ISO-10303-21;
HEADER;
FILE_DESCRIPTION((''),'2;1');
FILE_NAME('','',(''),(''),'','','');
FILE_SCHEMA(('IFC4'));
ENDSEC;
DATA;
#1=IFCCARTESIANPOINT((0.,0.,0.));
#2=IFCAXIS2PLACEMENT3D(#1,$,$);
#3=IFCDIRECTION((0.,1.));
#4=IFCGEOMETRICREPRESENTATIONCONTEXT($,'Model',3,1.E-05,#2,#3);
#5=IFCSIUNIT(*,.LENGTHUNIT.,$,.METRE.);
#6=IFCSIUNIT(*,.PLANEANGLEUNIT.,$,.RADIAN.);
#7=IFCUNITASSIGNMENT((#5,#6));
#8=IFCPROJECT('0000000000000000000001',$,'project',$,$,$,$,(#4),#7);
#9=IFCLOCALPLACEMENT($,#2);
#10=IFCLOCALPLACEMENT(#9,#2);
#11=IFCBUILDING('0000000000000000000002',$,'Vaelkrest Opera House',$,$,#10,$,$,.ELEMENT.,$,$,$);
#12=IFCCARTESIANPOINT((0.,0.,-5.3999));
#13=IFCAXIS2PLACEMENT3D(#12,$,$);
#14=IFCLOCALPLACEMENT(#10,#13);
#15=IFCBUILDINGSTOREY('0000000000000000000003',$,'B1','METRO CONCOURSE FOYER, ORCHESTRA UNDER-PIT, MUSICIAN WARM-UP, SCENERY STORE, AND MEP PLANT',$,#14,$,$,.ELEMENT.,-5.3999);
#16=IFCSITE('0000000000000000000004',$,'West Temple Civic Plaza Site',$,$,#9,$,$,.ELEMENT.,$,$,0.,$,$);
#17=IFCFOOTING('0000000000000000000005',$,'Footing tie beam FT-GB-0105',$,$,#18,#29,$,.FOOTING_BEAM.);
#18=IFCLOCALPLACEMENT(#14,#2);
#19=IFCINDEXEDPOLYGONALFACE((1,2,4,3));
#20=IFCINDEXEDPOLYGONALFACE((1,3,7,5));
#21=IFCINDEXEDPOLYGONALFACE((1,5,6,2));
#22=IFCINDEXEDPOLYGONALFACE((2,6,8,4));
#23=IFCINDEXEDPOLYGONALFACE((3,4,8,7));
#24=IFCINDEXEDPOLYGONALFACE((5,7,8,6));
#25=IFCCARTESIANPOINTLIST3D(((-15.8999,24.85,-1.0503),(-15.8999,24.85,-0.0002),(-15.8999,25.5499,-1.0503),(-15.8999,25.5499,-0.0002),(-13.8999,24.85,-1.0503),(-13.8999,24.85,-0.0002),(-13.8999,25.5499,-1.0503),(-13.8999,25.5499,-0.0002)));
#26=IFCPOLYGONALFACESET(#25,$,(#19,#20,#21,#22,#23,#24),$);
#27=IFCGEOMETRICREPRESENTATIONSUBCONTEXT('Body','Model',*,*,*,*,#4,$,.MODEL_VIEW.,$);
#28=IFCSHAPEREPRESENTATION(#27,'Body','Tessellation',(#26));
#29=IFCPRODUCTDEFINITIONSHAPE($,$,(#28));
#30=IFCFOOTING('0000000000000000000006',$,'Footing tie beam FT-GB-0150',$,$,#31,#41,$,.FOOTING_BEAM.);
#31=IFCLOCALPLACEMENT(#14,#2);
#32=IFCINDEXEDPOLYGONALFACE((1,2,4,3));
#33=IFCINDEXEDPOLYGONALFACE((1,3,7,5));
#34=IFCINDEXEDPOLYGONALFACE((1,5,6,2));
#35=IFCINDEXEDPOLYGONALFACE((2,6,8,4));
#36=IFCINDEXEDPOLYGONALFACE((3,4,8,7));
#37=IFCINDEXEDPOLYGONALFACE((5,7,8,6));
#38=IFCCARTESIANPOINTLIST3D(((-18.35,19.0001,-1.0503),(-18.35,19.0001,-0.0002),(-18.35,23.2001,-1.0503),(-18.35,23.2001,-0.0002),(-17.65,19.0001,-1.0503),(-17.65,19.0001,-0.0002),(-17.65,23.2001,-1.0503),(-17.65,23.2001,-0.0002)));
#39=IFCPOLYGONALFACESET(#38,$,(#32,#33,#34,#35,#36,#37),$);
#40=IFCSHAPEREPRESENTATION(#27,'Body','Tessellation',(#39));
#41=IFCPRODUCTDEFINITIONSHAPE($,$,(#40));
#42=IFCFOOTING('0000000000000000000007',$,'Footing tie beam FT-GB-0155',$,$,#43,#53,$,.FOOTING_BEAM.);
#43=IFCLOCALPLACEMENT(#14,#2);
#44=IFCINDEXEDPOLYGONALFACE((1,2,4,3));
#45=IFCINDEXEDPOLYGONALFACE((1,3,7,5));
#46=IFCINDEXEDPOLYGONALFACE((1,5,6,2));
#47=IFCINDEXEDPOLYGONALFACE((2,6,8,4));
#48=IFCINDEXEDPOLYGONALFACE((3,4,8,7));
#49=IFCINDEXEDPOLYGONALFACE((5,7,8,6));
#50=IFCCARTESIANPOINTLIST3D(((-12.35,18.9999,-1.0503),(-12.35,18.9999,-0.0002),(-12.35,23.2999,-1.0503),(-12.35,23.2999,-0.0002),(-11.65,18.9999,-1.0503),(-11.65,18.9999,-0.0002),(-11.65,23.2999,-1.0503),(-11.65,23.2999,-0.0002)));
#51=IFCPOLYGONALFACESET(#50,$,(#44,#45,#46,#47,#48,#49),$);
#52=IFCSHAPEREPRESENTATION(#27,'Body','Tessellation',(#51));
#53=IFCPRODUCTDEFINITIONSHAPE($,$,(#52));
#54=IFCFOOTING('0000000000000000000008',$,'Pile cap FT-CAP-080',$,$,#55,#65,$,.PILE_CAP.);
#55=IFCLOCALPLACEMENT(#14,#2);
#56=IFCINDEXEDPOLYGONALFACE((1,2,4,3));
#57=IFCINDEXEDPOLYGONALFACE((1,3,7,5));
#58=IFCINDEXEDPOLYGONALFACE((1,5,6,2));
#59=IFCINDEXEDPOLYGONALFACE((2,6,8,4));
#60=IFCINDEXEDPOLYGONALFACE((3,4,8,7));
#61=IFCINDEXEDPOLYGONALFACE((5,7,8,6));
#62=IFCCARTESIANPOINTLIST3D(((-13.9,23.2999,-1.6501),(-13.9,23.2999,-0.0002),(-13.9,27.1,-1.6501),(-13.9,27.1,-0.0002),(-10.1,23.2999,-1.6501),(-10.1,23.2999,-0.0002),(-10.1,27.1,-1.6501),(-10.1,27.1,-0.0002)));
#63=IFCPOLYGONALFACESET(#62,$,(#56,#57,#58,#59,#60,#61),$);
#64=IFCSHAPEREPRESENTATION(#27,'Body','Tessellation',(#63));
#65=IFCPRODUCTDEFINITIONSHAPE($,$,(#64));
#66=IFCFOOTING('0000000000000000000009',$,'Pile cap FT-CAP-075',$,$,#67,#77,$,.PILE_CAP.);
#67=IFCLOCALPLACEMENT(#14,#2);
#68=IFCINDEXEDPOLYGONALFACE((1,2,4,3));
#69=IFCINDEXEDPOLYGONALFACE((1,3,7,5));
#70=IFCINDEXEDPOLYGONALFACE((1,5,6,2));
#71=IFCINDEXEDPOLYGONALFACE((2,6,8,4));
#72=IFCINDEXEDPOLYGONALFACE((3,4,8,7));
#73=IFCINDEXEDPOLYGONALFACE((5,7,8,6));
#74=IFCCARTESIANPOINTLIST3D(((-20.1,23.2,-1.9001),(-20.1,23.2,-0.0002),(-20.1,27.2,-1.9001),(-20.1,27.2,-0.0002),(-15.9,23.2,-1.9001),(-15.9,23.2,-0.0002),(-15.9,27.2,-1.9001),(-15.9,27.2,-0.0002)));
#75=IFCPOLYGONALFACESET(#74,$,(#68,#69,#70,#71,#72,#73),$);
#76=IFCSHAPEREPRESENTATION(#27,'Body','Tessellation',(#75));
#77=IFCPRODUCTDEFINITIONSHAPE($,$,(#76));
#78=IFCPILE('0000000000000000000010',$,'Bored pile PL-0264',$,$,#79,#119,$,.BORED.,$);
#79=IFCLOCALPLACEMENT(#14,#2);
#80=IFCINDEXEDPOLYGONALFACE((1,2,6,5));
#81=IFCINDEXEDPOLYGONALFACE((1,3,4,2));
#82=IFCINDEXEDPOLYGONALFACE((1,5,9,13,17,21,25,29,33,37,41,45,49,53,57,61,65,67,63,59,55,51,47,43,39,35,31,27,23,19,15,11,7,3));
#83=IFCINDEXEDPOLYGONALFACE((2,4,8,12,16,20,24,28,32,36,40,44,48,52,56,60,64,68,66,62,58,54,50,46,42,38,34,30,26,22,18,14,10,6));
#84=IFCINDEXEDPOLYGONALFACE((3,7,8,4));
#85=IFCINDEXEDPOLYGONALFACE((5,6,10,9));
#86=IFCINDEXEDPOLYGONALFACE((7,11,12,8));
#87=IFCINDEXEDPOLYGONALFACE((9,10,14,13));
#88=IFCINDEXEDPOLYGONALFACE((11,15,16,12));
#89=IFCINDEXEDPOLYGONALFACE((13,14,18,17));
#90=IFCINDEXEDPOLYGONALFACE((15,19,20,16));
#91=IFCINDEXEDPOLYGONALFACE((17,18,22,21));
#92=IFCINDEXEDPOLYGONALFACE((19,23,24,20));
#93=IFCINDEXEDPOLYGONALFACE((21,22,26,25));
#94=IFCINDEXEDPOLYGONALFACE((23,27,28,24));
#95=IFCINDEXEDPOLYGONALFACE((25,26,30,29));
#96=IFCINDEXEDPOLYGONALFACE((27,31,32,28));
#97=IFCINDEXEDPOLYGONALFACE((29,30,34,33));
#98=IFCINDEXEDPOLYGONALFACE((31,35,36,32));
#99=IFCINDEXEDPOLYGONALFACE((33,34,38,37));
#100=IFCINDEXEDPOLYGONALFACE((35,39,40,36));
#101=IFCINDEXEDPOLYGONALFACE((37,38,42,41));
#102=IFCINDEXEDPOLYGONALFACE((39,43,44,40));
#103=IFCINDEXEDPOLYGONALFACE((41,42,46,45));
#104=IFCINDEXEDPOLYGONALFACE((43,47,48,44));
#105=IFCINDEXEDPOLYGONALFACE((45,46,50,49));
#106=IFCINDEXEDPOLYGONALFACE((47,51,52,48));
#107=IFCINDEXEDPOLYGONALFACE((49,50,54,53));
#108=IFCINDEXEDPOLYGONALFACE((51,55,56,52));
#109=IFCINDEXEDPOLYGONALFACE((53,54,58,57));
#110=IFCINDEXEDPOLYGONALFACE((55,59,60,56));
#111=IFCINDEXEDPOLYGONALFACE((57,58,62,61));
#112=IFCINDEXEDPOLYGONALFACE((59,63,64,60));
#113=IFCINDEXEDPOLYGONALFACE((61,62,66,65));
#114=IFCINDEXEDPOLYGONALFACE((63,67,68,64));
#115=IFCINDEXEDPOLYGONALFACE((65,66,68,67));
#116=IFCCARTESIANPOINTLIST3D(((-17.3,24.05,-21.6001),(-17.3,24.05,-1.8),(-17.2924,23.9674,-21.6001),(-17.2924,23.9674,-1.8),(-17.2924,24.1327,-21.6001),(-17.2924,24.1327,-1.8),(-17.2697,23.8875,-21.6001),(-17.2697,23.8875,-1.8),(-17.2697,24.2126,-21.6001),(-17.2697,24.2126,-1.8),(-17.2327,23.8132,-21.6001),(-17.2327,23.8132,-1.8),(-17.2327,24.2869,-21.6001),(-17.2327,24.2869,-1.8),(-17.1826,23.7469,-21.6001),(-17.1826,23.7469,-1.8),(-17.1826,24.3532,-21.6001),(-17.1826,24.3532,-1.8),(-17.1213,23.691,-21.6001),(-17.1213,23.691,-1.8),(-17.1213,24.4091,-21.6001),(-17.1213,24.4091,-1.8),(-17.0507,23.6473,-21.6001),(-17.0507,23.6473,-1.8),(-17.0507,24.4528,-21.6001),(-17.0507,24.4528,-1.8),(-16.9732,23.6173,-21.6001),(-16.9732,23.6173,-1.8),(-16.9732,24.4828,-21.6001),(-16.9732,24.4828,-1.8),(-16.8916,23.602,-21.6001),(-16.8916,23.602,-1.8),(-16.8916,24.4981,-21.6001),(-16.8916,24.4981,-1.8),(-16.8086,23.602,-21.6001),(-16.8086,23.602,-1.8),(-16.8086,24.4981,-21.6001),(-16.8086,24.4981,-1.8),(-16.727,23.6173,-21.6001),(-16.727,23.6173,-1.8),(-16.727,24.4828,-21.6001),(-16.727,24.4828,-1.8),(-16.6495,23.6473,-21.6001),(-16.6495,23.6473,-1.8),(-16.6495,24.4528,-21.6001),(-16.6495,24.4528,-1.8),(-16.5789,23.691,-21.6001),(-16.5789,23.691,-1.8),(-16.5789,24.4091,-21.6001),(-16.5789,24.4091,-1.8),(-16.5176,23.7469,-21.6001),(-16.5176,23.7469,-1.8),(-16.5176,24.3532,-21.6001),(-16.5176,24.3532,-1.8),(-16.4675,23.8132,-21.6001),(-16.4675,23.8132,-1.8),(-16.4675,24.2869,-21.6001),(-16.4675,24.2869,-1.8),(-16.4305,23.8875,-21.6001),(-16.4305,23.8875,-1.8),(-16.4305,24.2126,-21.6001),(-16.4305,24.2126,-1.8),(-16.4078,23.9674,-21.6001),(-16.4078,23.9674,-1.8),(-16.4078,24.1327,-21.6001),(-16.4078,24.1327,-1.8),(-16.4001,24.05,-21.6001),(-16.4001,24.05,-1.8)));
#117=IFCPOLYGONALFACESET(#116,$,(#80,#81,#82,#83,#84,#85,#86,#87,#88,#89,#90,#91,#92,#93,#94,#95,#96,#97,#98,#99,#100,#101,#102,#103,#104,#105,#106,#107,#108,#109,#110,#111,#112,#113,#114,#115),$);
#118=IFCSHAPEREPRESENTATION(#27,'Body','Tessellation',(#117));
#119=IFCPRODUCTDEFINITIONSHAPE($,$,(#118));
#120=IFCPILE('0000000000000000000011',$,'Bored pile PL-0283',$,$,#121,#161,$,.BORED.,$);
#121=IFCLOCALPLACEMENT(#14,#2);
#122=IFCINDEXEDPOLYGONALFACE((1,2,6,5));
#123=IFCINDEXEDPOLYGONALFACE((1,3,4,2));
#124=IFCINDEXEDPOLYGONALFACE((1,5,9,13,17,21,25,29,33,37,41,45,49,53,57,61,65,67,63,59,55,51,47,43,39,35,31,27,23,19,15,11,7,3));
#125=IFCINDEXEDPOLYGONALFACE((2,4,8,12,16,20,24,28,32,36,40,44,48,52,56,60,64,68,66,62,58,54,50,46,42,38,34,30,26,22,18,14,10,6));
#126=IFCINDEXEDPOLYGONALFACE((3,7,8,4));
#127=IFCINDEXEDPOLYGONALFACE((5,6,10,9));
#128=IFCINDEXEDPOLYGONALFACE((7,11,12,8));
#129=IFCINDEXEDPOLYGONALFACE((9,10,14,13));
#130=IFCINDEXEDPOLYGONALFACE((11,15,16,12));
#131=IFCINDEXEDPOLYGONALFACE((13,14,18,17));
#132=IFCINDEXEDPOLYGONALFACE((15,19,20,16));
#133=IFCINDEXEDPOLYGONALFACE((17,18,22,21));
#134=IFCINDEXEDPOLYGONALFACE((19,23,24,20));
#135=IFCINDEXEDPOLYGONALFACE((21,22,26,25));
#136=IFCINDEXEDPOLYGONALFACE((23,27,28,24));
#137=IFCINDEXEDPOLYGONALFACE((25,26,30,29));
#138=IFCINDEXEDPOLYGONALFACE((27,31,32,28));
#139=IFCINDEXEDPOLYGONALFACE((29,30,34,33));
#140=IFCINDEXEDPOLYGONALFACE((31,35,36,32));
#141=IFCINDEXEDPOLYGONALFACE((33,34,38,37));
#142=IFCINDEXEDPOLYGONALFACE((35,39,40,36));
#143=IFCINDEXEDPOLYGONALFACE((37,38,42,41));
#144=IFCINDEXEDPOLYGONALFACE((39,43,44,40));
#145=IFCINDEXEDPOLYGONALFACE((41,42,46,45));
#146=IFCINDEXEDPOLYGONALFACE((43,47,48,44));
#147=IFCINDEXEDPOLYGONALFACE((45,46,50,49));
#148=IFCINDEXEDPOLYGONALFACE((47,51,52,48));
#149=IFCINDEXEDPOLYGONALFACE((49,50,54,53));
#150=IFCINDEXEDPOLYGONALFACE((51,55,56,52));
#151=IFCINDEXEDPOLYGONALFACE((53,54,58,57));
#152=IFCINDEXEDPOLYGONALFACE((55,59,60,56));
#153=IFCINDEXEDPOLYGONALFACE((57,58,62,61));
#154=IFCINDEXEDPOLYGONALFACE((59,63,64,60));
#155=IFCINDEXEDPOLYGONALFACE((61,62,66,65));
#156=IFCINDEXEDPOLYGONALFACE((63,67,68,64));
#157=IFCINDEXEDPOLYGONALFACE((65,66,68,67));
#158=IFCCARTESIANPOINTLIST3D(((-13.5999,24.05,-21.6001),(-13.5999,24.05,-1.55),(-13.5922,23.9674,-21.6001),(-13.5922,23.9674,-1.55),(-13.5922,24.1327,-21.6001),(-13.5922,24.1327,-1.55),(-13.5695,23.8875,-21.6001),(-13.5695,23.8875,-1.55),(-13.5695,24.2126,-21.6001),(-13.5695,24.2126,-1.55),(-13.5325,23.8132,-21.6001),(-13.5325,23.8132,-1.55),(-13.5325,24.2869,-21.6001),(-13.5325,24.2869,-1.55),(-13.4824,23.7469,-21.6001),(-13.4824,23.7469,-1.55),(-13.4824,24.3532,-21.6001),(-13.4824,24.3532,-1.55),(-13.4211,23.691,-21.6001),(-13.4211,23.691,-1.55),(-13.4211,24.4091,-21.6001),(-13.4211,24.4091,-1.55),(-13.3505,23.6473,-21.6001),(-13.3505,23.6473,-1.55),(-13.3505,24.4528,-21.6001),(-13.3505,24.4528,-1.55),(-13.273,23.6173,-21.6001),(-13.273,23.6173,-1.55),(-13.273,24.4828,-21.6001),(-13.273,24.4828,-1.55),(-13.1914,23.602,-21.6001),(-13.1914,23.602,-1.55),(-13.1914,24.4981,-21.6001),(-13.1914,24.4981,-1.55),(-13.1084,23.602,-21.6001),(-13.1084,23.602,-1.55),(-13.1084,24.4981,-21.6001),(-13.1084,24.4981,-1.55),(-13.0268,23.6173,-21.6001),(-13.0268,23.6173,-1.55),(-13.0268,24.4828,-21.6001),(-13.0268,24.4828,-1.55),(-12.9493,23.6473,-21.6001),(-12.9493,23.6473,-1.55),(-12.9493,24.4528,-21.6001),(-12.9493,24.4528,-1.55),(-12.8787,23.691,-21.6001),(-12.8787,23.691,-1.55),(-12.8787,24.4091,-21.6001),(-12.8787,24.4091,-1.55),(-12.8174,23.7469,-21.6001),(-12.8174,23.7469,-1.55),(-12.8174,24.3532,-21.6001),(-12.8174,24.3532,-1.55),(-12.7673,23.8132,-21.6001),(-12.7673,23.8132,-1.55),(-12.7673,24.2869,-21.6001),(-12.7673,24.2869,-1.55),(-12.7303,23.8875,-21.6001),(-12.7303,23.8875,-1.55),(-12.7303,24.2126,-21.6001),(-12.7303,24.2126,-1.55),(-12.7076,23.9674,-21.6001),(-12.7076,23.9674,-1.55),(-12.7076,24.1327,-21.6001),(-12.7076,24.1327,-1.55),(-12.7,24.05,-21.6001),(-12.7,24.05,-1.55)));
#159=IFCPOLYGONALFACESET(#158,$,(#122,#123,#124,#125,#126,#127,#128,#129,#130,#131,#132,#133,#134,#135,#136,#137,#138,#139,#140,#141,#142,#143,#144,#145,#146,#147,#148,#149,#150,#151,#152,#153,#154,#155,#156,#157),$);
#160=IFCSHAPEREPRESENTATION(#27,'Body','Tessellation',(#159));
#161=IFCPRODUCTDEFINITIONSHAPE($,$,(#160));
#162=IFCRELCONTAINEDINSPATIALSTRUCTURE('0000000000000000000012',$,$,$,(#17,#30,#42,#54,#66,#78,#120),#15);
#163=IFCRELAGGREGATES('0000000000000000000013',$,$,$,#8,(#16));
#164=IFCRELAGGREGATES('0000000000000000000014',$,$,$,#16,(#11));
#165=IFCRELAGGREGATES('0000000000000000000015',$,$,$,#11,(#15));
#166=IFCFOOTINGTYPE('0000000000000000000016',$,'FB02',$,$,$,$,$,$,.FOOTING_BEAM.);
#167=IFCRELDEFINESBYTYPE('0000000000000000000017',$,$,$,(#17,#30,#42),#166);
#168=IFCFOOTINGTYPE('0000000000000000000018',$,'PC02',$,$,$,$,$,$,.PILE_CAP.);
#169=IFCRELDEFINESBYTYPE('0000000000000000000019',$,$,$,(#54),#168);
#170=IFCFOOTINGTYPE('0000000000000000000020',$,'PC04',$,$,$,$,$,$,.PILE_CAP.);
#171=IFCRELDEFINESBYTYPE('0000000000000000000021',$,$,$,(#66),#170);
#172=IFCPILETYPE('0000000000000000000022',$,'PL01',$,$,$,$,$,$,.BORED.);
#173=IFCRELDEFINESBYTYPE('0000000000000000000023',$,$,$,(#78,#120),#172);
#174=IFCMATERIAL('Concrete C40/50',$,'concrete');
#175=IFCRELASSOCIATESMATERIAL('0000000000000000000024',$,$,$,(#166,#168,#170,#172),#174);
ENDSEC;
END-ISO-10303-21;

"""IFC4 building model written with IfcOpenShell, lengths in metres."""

from ifc_helpers import new_model, si_unit, direction, frame, origin, origin_2d, place, context, subcontext, project, spatial, rectangle, circle, extrude, material, material_profile, profile_set, type_object, element, save


model = new_model("IFC4")

# Units and contexts
model_context = context("Model", 3, precision=1e-05, world=origin(), true_north=direction((0.0, 1.0)))
body_context = subcontext(model_context, "Body", "Model", "MODEL_VIEW")
ifc_project = project(units=[si_unit("LENGTHUNIT", "METRE"), si_unit("PLANEANGLEUNIT", "RADIAN")], contexts=[model_context])

# Site, building, storey
site_placement = place(None, origin())
site = spatial("IfcSite", under=ifc_project, at=site_placement, Name="West Temple Civic Plaza Site", CompositionType="ELEMENT", RefElevation=0.0)
building_placement = place(site_placement, origin())
building = spatial("IfcBuilding", under=site, at=building_placement, Name="Vaelkrest Opera House", CompositionType="ELEMENT")
storey_placement = place(building_placement, frame((0.0, 0.0, -5.3999)))
storey = spatial("IfcBuildingStorey", under=building, at=storey_placement, Name="B1", Description="METRO CONCOURSE FOYER, ORCHESTRA UNDER-PIT, MUSICIAN WARM-UP, SCENERY STORE, AND MEP PLANT", CompositionType="ELEMENT", Elevation=-5.3999)

# Footings
ifc_material_1 = material(Name="Concrete C40/50", Category="concrete")
footing_type_1 = type_object("IfcFootingType", Name="FB02", PredefinedType="FOOTING_BEAM", material=ifc_material_1)
footing_1_placement = place(storey_placement, frame((-14.8999, 25.2, -1.0503), z_axis=(0.0, 0.0, 1.0), x_axis=(1.0, 0.0, 0.0)))
element("IfcFooting", 1, at=footing_1_placement, inside=storey, type_object=footing_type_1, Name="Footing tie beam FT-GB-0105", PredefinedType="FOOTING_BEAM", context=body_context, shape_type="SweptSolid", body=[
    extrude(rectangle(XDim=2.0, YDim=0.7, at=origin_2d()), origin(), (0.0, 0.0, 1.0), 1.05),
])
footing_2_placement = place(storey_placement, frame((-18.0, 21.1001, -1.0503), z_axis=(0.0, 0.0, 1.0), x_axis=(0.0, 1.0, 0.0)))
element("IfcFooting", 2, at=footing_2_placement, inside=storey, type_object=footing_type_1, Name="Footing tie beam FT-GB-0150", PredefinedType="FOOTING_BEAM", context=body_context, shape_type="SweptSolid", body=[
    extrude(rectangle(XDim=4.2, YDim=0.7, at=origin_2d()), origin(), (0.0, 0.0, 1.0), 1.05),
])
footing_3_placement = place(storey_placement, frame((-12.0, 21.1499, -1.0503), z_axis=(0.0, 0.0, 1.0), x_axis=(0.0, 1.0, 0.0)))
element("IfcFooting", 3, at=footing_3_placement, inside=storey, type_object=footing_type_1, Name="Footing tie beam FT-GB-0155", PredefinedType="FOOTING_BEAM", context=body_context, shape_type="SweptSolid", body=[
    extrude(rectangle(XDim=4.3, YDim=0.7, at=origin_2d()), origin(), (0.0, 0.0, 1.0), 1.05),
])
footing_type_2 = type_object("IfcFootingType", Name="PC02", PredefinedType="PILE_CAP", material=ifc_material_1)
footing_4_placement = place(storey_placement, frame((-12.0, 25.2, -1.6501), z_axis=(0.0, 0.0, 1.0), x_axis=(1.0, 0.0, 0.0)))
element("IfcFooting", 4, at=footing_4_placement, inside=storey, type_object=footing_type_2, Name="Pile cap FT-CAP-080", PredefinedType="PILE_CAP", context=body_context, shape_type="SweptSolid", body=[
    extrude(rectangle(XDim=3.8, YDim=3.8, at=origin_2d()), origin(), (0.0, 0.0, 1.0), 1.6499),
])
footing_type_3 = type_object("IfcFootingType", Name="PC04", PredefinedType="PILE_CAP", material=ifc_material_1)
footing_5_placement = place(storey_placement, frame((-18.0, 25.2, -1.9001), z_axis=(0.0, 0.0, 1.0), x_axis=(1.0, 0.0, 0.0)))
element("IfcFooting", 5, at=footing_5_placement, inside=storey, type_object=footing_type_3, Name="Pile cap FT-CAP-075", PredefinedType="PILE_CAP", context=body_context, shape_type="SweptSolid", body=[
    extrude(rectangle(XDim=4.2, YDim=4.0, at=origin_2d()), origin(), (0.0, 0.0, 1.0), 1.8999),
])

# Piles
ifc_material_profile_1 = material_profile(ifc_material_1, circle(Radius=0.45, at=origin_2d()), Name="PILE900")
ifc_profile_set_1 = profile_set([ifc_material_profile_1], Name="Concrete C40/50")
pile_type_1 = type_object("IfcPileType", Name="PL01", PredefinedType="BORED", material=ifc_profile_set_1)
pile_1_placement = place(storey_placement, frame((-16.8501, 24.05, -1.8), z_axis=(0.0, 0.0, -1.0), x_axis=(1.0, 0.0, 0.0)))
element("IfcPile", 6, at=pile_1_placement, inside=storey, type_object=pile_type_1, Name="Bored pile PL-0264", PredefinedType="BORED", context=body_context, shape_type="SweptSolid", body=[
    extrude(circle(Radius=0.45, at=origin_2d()), origin(), (0.0, 0.0, 1.0), 19.8),
])
pile_2_placement = place(storey_placement, frame((-13.1499, 24.05, -1.55), z_axis=(0.0, 0.0, -1.0), x_axis=(1.0, 0.0, 0.0)))
element("IfcPile", 7, at=pile_2_placement, inside=storey, type_object=pile_type_1, Name="Bored pile PL-0283", PredefinedType="BORED", context=body_context, shape_type="SweptSolid", body=[
    extrude(circle(Radius=0.45, at=origin_2d()), origin(), (0.0, 0.0, 1.0), 20.05),
])

save(model, "model.ifc")
